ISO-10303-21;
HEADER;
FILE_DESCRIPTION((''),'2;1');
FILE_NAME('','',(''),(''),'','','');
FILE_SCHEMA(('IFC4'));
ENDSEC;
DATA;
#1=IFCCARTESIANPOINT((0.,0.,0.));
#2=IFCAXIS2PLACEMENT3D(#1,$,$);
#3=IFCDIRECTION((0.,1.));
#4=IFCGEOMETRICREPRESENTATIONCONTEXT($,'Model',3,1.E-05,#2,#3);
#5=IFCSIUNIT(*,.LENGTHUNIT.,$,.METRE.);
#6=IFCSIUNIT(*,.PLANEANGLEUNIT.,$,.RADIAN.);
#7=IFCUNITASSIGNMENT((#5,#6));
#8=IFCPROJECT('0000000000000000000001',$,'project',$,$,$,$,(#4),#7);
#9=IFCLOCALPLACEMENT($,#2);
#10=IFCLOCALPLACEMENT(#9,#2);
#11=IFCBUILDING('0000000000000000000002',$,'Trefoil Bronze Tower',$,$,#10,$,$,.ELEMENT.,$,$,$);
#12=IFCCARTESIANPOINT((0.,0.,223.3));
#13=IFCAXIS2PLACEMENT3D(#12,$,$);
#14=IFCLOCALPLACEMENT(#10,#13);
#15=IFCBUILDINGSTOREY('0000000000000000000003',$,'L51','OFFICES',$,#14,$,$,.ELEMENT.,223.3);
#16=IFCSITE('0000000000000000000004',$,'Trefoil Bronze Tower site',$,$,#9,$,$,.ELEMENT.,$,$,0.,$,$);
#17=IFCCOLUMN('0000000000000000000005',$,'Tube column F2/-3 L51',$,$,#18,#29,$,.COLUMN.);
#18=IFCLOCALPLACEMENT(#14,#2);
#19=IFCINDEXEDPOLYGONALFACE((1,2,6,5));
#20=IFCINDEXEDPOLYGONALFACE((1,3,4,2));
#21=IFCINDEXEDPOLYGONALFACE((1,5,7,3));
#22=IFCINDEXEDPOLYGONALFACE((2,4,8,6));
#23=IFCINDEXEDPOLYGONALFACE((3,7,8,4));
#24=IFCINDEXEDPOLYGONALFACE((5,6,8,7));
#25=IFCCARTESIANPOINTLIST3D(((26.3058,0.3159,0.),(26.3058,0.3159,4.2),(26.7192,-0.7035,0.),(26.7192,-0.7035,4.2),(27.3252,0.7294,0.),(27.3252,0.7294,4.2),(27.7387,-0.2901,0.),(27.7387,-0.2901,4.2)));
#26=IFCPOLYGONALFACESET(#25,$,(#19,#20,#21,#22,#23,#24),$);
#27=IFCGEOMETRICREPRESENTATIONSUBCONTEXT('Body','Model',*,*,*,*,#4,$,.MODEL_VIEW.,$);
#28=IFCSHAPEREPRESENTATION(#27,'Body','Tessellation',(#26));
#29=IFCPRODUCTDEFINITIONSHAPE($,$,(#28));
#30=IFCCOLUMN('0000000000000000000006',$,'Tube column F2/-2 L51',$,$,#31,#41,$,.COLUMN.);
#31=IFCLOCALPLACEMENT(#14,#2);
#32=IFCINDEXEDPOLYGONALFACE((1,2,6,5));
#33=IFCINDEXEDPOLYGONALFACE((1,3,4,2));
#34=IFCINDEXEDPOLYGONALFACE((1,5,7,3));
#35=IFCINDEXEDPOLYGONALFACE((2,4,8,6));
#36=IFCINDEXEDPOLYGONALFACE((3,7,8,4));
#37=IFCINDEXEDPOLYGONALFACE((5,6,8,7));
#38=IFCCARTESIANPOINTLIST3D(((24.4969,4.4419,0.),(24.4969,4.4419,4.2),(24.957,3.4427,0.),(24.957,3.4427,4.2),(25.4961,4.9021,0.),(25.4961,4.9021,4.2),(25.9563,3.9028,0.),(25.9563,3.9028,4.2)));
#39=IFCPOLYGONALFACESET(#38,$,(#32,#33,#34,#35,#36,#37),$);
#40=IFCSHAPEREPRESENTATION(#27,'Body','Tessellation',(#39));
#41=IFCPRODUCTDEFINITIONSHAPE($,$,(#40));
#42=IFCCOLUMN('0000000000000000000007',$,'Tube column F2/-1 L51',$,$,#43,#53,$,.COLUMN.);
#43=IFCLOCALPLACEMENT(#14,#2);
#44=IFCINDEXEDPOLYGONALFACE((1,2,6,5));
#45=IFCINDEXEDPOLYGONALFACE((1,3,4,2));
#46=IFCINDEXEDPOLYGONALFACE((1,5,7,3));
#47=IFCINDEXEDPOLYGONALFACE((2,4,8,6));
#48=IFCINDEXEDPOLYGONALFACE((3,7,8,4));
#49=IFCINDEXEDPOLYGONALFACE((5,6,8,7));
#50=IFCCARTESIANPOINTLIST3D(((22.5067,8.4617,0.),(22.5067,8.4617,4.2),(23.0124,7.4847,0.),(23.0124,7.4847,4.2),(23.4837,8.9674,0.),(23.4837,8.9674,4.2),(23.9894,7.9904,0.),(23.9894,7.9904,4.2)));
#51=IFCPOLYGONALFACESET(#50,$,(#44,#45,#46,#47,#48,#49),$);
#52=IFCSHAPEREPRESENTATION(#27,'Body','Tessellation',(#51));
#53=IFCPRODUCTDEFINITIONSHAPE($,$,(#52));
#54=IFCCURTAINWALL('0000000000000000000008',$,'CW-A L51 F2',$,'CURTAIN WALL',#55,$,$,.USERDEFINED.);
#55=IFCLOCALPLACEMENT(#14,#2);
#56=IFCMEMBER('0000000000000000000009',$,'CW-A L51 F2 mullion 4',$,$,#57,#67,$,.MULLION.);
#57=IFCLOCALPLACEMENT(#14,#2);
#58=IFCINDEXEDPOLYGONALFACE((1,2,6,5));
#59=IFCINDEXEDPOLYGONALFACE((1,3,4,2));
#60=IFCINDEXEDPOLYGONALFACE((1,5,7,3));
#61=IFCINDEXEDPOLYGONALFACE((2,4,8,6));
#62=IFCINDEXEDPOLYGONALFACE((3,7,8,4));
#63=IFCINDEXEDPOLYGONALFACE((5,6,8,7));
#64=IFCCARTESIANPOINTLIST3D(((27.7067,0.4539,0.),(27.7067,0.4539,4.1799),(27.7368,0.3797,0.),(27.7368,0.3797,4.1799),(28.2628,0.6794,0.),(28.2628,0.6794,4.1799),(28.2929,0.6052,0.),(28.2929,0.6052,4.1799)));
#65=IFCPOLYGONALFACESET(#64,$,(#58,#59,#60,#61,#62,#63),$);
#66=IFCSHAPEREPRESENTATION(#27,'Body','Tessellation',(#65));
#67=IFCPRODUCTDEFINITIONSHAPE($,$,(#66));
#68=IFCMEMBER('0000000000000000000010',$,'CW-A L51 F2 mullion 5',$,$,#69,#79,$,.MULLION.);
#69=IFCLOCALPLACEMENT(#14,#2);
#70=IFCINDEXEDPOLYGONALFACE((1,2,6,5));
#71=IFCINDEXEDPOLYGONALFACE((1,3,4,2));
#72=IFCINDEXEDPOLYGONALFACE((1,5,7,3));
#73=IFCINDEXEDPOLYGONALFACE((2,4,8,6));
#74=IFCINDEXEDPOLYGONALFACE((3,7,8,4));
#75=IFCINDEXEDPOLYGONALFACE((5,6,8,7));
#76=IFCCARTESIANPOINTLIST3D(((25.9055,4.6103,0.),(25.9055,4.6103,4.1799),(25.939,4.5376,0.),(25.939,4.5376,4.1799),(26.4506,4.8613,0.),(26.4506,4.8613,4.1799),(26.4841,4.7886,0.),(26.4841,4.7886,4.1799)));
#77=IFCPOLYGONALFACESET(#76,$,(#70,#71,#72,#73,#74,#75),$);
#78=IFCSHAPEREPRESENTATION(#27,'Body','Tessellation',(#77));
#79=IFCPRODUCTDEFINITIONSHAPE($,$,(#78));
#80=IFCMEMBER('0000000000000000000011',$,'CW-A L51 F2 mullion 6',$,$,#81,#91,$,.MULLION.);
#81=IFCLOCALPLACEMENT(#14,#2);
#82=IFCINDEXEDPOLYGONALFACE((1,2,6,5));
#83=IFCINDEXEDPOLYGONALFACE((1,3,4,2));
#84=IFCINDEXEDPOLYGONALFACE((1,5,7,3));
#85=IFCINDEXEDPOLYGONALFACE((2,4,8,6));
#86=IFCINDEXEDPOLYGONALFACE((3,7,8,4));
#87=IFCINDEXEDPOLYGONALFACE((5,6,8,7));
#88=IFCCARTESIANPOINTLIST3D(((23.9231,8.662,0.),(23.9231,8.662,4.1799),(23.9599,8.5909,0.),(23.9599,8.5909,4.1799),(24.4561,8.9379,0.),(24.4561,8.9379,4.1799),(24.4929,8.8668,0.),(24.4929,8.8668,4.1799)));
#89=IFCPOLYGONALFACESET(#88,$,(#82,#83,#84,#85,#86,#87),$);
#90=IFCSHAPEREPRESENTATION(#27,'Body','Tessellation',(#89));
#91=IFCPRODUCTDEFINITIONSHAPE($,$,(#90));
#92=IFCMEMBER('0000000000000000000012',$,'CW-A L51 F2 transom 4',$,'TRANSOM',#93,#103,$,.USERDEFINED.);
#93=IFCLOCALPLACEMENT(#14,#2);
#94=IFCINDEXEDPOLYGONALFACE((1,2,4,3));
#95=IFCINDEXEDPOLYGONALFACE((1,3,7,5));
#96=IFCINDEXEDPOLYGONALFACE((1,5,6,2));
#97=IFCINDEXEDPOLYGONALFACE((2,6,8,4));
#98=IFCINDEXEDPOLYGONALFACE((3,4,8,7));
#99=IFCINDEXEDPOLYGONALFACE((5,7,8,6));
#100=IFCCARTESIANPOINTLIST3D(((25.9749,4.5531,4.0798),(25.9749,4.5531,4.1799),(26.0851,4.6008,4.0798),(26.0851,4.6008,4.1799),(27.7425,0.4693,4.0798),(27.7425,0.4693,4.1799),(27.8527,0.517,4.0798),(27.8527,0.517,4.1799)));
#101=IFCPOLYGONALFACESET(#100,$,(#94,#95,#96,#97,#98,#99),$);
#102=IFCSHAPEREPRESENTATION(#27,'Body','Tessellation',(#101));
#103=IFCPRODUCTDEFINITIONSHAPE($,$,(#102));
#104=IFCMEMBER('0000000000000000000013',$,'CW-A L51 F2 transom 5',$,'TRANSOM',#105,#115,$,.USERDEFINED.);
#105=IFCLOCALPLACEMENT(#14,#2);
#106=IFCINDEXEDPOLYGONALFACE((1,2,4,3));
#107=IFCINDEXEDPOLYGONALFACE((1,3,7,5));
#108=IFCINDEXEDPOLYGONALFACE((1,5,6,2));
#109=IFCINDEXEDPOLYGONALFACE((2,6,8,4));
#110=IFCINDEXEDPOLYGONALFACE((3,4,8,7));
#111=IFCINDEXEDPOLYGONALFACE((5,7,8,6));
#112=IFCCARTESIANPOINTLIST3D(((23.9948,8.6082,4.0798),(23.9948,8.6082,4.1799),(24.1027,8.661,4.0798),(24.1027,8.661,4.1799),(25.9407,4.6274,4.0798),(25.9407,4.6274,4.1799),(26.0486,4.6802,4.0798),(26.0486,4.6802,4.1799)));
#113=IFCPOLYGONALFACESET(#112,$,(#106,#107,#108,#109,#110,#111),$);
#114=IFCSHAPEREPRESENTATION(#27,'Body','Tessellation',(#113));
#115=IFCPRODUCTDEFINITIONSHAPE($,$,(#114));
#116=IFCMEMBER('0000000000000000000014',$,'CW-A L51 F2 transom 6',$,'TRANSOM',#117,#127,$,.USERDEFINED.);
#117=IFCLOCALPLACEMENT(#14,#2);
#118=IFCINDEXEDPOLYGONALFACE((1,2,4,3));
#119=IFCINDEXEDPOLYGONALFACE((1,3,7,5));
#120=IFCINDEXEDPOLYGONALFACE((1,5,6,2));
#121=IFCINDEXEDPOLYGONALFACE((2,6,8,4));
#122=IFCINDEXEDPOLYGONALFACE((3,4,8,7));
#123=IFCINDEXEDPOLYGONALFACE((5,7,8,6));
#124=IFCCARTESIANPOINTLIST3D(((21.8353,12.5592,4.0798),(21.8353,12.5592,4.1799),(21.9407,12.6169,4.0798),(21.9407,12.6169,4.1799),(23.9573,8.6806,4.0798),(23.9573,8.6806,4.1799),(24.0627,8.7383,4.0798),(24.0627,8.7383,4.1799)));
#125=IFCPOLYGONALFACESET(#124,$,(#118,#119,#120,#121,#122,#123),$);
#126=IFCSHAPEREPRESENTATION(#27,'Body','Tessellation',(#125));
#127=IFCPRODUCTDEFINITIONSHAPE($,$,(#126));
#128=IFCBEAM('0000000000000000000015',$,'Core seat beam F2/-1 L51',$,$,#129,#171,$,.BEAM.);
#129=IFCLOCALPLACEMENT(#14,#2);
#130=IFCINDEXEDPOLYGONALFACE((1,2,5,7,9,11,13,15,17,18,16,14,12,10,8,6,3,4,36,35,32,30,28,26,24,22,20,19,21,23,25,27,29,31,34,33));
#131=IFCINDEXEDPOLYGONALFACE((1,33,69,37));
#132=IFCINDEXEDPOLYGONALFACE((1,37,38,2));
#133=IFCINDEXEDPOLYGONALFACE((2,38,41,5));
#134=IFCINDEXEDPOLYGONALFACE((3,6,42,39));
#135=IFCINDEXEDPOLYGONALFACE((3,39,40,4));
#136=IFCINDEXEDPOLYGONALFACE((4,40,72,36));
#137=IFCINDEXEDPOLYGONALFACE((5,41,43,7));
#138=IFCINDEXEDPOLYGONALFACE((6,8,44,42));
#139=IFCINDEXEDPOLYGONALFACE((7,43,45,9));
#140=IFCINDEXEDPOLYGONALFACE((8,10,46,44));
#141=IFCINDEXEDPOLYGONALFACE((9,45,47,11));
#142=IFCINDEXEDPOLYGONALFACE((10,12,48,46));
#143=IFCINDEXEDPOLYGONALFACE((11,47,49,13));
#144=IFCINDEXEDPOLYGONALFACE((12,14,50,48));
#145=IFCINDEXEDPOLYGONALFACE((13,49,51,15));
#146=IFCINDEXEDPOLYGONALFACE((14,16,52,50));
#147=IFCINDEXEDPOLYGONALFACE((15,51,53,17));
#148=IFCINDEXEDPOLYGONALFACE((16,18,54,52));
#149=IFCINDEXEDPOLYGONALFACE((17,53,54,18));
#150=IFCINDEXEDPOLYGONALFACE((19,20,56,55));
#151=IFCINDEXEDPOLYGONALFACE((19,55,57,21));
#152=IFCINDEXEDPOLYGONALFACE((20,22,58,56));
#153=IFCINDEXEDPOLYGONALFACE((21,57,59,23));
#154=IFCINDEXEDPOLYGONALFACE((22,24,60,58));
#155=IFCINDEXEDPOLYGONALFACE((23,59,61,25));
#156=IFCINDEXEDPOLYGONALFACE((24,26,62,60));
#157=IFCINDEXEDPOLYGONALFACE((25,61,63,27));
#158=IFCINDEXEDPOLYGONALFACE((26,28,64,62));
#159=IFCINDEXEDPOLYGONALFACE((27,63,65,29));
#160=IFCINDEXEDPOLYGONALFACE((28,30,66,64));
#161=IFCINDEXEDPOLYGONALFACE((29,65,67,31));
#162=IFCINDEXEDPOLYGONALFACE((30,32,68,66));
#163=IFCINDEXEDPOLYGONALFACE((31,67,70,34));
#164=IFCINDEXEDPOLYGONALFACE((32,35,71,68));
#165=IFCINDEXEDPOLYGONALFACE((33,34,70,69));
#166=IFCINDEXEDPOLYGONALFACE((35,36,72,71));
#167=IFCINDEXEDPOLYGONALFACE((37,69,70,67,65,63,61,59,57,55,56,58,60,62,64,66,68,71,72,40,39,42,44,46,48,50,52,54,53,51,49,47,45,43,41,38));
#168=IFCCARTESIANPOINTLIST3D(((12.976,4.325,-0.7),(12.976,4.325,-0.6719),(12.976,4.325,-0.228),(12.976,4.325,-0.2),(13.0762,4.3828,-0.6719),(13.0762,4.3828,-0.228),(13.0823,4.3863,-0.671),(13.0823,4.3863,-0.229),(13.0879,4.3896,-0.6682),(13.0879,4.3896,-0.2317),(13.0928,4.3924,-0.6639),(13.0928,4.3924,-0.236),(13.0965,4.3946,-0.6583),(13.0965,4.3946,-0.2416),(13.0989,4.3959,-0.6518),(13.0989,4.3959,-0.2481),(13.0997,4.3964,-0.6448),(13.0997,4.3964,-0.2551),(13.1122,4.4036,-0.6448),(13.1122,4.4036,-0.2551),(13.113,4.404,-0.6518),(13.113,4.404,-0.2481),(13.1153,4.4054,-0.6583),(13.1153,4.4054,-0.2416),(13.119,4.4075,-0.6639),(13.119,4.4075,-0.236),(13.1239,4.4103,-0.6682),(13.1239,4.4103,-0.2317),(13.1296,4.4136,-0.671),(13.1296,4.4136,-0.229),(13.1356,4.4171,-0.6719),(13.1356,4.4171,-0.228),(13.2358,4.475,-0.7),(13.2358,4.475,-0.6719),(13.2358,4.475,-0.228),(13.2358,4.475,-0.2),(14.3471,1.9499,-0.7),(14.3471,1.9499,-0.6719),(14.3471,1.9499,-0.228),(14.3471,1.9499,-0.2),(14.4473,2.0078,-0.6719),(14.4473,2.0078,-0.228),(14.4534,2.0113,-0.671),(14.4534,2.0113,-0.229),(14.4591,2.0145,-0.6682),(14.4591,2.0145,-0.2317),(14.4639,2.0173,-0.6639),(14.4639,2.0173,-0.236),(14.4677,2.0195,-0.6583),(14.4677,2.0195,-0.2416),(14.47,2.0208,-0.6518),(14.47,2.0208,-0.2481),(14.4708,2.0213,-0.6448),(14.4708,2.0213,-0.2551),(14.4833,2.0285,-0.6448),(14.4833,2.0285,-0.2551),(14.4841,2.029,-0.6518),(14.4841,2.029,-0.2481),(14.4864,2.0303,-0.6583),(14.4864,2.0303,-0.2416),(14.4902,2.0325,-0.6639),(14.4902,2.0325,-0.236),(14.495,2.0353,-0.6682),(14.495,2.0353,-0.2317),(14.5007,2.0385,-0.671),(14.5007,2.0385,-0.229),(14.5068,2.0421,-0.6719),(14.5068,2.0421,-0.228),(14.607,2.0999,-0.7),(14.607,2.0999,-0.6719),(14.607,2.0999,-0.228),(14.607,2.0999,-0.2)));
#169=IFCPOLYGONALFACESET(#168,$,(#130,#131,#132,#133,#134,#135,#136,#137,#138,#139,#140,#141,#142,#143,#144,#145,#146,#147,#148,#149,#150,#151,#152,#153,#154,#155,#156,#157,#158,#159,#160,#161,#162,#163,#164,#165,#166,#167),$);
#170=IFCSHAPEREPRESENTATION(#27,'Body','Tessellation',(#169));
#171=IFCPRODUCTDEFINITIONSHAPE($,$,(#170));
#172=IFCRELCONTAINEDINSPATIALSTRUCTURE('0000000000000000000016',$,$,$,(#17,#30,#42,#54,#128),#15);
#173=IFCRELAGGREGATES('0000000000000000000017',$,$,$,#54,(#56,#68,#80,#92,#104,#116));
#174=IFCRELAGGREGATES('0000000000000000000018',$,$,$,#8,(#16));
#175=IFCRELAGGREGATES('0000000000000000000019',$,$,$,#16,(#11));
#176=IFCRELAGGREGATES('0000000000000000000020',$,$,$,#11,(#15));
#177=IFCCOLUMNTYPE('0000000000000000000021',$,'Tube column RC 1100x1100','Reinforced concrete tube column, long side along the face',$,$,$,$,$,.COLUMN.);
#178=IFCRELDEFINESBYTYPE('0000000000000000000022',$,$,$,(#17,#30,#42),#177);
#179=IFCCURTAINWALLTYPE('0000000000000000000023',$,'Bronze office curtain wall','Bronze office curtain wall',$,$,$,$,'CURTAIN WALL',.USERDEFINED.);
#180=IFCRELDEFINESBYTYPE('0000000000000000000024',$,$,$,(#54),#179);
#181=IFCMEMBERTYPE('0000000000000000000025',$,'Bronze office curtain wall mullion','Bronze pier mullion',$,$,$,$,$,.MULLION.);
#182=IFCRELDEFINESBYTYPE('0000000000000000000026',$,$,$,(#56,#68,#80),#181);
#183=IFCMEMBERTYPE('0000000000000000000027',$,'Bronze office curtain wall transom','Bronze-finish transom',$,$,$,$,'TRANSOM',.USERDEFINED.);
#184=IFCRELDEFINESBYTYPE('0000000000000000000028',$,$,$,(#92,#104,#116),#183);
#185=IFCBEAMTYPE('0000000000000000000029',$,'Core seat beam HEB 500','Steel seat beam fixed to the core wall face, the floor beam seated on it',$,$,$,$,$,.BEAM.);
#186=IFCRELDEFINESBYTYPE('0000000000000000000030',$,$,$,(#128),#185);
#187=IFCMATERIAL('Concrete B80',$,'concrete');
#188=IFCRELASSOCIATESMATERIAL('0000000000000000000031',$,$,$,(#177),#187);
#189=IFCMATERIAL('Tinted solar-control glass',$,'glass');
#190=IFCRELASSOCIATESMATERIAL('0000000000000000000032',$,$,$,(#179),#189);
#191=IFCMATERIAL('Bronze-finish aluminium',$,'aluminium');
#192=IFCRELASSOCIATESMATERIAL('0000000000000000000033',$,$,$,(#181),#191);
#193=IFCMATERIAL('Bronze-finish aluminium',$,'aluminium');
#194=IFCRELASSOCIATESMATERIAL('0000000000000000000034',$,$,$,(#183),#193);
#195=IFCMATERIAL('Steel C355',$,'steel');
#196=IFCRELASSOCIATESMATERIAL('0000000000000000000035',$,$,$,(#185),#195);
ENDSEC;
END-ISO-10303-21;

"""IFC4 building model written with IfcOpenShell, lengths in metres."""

from ifc_helpers import new_model, si_unit, direction, frame, origin, origin_2d, place, context, subcontext, project, spatial, rectangle, i_section, extrude, material, material_profile, profile_set, type_object, element, aggregate, save


model = new_model("IFC4")

# Units and contexts
model_context = context("Model", 3, precision=1e-05, world=origin(), true_north=direction((0.0, 1.0)))
body_context = subcontext(model_context, "Body", "Model", "MODEL_VIEW")
ifc_project = project(units=[si_unit("LENGTHUNIT", "METRE"), si_unit("PLANEANGLEUNIT", "RADIAN")], contexts=[model_context])

# Site, building, storey
site_placement = place(None, origin())
site = spatial("IfcSite", under=ifc_project, at=site_placement, Name="Trefoil Bronze Tower site", CompositionType="ELEMENT", RefElevation=0.0)
building_placement = place(site_placement, origin())
building = spatial("IfcBuilding", under=site, at=building_placement, Name="Trefoil Bronze Tower", CompositionType="ELEMENT")
storey_placement = place(building_placement, frame((0.0, 0.0, 223.3)))
storey = spatial("IfcBuildingStorey", under=building, at=storey_placement, Name="L51", Description="OFFICES", CompositionType="ELEMENT", Elevation=223.3)

# Columns
ifc_material_1 = material(Name="Concrete B80", Category="concrete")
ifc_material_profile_1 = material_profile(ifc_material_1, rectangle(XDim=1.1001, YDim=1.1001, at=origin_2d()), Name="RC 1100x1100")
ifc_profile_set_1 = profile_set([ifc_material_profile_1], Name="Concrete B80")
column_type = type_object("IfcColumnType", Name="Tube column RC 1100x1100", Description="Reinforced concrete tube column, long side along the face", PredefinedType="COLUMN", material=ifc_profile_set_1)
for number, where, z_axis, x_axis, name in (
    (1, (27.0222, 0.0129, 0.0), (0.0, 0.0, 1.0), (-0.375828, 0.926689, 0.0), "Tube column F2/-3 L51"),
    (2, (25.2266, 4.1724, 0.0), (0.0, 0.0, 1.0), (-0.418286, 0.908315, 0.0), "Tube column F2/-2 L51"),
    (3, (23.248, 8.2261, 0.0), (0.0, 0.0, 1.0), (-0.459673, 0.888088, 0.0), "Tube column F2/-1 L51"),
):
    element("IfcColumn", number, at=place(storey_placement, frame(where, z_axis=z_axis, x_axis=x_axis)), inside=storey, type_object=column_type, Name=name, PredefinedType="COLUMN", context=body_context, shape_type="SweptSolid", body=[
        extrude(rectangle(XDim=1.1001, YDim=1.1001, at=origin_2d()), origin(), (0.0, 0.0, 1.0), 4.2),
    ])

# Curtain wall, members
ifc_material_2 = material(Name="Tinted solar-control glass", Category="glass")
curtain_wall_type = type_object("IfcCurtainWallType", Name="Bronze office curtain wall", Description="Bronze office curtain wall", ElementType="CURTAIN WALL", PredefinedType="USERDEFINED", material=ifc_material_2)
curtain_wall_placement = place(storey_placement, origin())
curtain_wall = element("IfcCurtainWall", 4, at=curtain_wall_placement, inside=storey, type_object=curtain_wall_type, Name="CW-A L51 F2", ObjectType="CURTAIN WALL", PredefinedType="USERDEFINED")
ifc_material_3 = material(Name="Bronze-finish aluminium", Category="aluminium")
ifc_material_profile_2 = material_profile(ifc_material_3, rectangle(XDim=0.6001, YDim=0.0801, at=origin_2d()), Name="CW-A mullion")
ifc_profile_set_2 = profile_set([ifc_material_profile_2], Name="Bronze-finish aluminium")
member_type_1 = type_object("IfcMemberType", Name="Bronze office curtain wall mullion", Description="Bronze pier mullion", PredefinedType="MULLION", material=ifc_profile_set_2)
member_1_placement = place(storey_placement, frame((27.9998, 0.5295, 0.0), z_axis=(0.0, 0.0, 1.0), x_axis=(-0.926689, -0.375828, 0.0)))
member_1 = element("IfcMember", 5, at=member_1_placement, type_object=member_type_1, Name="CW-A L51 F2 mullion 4", PredefinedType="MULLION", context=body_context, shape_type="SweptSolid", body=[
    extrude(rectangle(XDim=0.6001, YDim=0.0801, at=origin_2d()), origin(), (0.0, 0.0, 1.0), 4.1799),
])
member_2_placement = place(storey_placement, frame((26.1948, 4.6995, 0.0), z_axis=(0.0, 0.0, 1.0), x_axis=(-0.908315, -0.418286, 0.0)))
member_2 = element("IfcMember", 6, at=member_2_placement, type_object=member_type_1, Name="CW-A L51 F2 mullion 5", PredefinedType="MULLION", context=body_context, shape_type="SweptSolid", body=[
    extrude(rectangle(XDim=0.6001, YDim=0.0801, at=origin_2d()), origin(), (0.0, 0.0, 1.0), 4.1799),
])
member_3_placement = place(storey_placement, frame((24.208, 8.7644, 0.0), z_axis=(0.0, 0.0, 1.0), x_axis=(-0.888088, -0.459673, 0.0)))
member_3 = element("IfcMember", 7, at=member_3_placement, type_object=member_type_1, Name="CW-A L51 F2 mullion 6", PredefinedType="MULLION", context=body_context, shape_type="SweptSolid", body=[
    extrude(rectangle(XDim=0.6001, YDim=0.0801, at=origin_2d()), origin(), (0.0, 0.0, 1.0), 4.1799),
])
ifc_material_4 = material(Name="Bronze-finish aluminium", Category="aluminium")
ifc_material_profile_3 = material_profile(ifc_material_4, rectangle(XDim=0.1201, YDim=0.1001, at=origin_2d()), Name="CW-A transom")
ifc_profile_set_3 = profile_set([ifc_material_profile_3], Name="Bronze-finish aluminium")
member_type_2 = type_object("IfcMemberType", Name="Bronze office curtain wall transom", Description="Bronze-finish transom", ElementType="TRANSOM", PredefinedType="USERDEFINED", material=ifc_profile_set_3)
member_4_placement = place(storey_placement, frame((27.7976, 0.4932, 4.1299), z_axis=(-0.397221, 0.917723, 0.0), x_axis=(-0.917723, -0.397221, 0.0)))
member_4 = element("IfcMember", 8, at=member_4_placement, type_object=member_type_2, Name="CW-A L51 F2 transom 4", ObjectType="TRANSOM", PredefinedType="USERDEFINED", context=body_context, shape_type="SweptSolid", body=[
    extrude(rectangle(XDim=0.1201, YDim=0.1001, at=origin_2d()), origin(), (0.0, 0.0, 1.0), 4.45),
])
member_5_placement = place(storey_placement, frame((25.9946, 4.6538, 4.1299), z_axis=(-0.439151, 0.898413, 0.0), x_axis=(-0.898413, -0.439151, 0.0)))
member_5 = element("IfcMember", 9, at=member_5_placement, type_object=member_type_2, Name="CW-A L51 F2 transom 5", ObjectType="TRANSOM", PredefinedType="USERDEFINED", context=body_context, shape_type="SweptSolid", body=[
    extrude(rectangle(XDim=0.1201, YDim=0.1001, at=origin_2d()), origin(), (0.0, 0.0, 1.0), 4.4309),
])
member_6_placement = place(storey_placement, frame((24.01, 8.7095, 4.1299), z_axis=(-0.479974, 0.877283, 0.0), x_axis=(-0.877283, -0.479974, 0.0)))
member_6 = element("IfcMember", 10, at=member_6_placement, type_object=member_type_2, Name="CW-A L51 F2 transom 6", ObjectType="TRANSOM", PredefinedType="USERDEFINED", context=body_context, shape_type="SweptSolid", body=[
    extrude(rectangle(XDim=0.1201, YDim=0.1001, at=origin_2d()), origin(), (0.0, 0.0, 1.0), 4.4211),
])

# Beam
ifc_material_5 = material(Name="Steel C355", Category="steel")
ifc_material_profile_4 = material_profile(ifc_material_5, i_section(OverallWidth=0.3, OverallDepth=0.5, WebThickness=0.0144, FlangeThickness=0.0281, FilletRadius=0.0271, at=origin_2d()), Name="HEB 500")
ifc_profile_set_4 = profile_set([ifc_material_profile_4], Name="Steel C355")
beam_type_1 = type_object("IfcBeamType", Name="Core seat beam HEB 500", Description="Steel seat beam fixed to the core wall face, the floor beam seated on it", PredefinedType="BEAM", material=ifc_profile_set_4)
for number, where, z_axis, x_axis, name in (
    (11, (14.4771, 2.0249, -0.45), (-0.499969, 0.866043, 0.0), (-0.866043, -0.499969, 0.0), "Core seat beam F2/-1 L51"),
):
    element("IfcBeam", number, at=place(storey_placement, frame(where, z_axis=z_axis, x_axis=x_axis)), inside=storey, type_object=beam_type_1, Name=name, PredefinedType="BEAM", context=body_context, shape_type="SweptSolid", body=[
        extrude(i_section(OverallWidth=0.3, OverallDepth=0.5, WebThickness=0.0144, FlangeThickness=0.0281, FilletRadius=0.0271, at=origin_2d()), origin(), (0.0, 0.0, 1.0), 2.7424),
    ])

aggregate(curtain_wall, [member_1, member_2, member_3, member_4, member_5, member_6])

save(model, "model.ifc")
